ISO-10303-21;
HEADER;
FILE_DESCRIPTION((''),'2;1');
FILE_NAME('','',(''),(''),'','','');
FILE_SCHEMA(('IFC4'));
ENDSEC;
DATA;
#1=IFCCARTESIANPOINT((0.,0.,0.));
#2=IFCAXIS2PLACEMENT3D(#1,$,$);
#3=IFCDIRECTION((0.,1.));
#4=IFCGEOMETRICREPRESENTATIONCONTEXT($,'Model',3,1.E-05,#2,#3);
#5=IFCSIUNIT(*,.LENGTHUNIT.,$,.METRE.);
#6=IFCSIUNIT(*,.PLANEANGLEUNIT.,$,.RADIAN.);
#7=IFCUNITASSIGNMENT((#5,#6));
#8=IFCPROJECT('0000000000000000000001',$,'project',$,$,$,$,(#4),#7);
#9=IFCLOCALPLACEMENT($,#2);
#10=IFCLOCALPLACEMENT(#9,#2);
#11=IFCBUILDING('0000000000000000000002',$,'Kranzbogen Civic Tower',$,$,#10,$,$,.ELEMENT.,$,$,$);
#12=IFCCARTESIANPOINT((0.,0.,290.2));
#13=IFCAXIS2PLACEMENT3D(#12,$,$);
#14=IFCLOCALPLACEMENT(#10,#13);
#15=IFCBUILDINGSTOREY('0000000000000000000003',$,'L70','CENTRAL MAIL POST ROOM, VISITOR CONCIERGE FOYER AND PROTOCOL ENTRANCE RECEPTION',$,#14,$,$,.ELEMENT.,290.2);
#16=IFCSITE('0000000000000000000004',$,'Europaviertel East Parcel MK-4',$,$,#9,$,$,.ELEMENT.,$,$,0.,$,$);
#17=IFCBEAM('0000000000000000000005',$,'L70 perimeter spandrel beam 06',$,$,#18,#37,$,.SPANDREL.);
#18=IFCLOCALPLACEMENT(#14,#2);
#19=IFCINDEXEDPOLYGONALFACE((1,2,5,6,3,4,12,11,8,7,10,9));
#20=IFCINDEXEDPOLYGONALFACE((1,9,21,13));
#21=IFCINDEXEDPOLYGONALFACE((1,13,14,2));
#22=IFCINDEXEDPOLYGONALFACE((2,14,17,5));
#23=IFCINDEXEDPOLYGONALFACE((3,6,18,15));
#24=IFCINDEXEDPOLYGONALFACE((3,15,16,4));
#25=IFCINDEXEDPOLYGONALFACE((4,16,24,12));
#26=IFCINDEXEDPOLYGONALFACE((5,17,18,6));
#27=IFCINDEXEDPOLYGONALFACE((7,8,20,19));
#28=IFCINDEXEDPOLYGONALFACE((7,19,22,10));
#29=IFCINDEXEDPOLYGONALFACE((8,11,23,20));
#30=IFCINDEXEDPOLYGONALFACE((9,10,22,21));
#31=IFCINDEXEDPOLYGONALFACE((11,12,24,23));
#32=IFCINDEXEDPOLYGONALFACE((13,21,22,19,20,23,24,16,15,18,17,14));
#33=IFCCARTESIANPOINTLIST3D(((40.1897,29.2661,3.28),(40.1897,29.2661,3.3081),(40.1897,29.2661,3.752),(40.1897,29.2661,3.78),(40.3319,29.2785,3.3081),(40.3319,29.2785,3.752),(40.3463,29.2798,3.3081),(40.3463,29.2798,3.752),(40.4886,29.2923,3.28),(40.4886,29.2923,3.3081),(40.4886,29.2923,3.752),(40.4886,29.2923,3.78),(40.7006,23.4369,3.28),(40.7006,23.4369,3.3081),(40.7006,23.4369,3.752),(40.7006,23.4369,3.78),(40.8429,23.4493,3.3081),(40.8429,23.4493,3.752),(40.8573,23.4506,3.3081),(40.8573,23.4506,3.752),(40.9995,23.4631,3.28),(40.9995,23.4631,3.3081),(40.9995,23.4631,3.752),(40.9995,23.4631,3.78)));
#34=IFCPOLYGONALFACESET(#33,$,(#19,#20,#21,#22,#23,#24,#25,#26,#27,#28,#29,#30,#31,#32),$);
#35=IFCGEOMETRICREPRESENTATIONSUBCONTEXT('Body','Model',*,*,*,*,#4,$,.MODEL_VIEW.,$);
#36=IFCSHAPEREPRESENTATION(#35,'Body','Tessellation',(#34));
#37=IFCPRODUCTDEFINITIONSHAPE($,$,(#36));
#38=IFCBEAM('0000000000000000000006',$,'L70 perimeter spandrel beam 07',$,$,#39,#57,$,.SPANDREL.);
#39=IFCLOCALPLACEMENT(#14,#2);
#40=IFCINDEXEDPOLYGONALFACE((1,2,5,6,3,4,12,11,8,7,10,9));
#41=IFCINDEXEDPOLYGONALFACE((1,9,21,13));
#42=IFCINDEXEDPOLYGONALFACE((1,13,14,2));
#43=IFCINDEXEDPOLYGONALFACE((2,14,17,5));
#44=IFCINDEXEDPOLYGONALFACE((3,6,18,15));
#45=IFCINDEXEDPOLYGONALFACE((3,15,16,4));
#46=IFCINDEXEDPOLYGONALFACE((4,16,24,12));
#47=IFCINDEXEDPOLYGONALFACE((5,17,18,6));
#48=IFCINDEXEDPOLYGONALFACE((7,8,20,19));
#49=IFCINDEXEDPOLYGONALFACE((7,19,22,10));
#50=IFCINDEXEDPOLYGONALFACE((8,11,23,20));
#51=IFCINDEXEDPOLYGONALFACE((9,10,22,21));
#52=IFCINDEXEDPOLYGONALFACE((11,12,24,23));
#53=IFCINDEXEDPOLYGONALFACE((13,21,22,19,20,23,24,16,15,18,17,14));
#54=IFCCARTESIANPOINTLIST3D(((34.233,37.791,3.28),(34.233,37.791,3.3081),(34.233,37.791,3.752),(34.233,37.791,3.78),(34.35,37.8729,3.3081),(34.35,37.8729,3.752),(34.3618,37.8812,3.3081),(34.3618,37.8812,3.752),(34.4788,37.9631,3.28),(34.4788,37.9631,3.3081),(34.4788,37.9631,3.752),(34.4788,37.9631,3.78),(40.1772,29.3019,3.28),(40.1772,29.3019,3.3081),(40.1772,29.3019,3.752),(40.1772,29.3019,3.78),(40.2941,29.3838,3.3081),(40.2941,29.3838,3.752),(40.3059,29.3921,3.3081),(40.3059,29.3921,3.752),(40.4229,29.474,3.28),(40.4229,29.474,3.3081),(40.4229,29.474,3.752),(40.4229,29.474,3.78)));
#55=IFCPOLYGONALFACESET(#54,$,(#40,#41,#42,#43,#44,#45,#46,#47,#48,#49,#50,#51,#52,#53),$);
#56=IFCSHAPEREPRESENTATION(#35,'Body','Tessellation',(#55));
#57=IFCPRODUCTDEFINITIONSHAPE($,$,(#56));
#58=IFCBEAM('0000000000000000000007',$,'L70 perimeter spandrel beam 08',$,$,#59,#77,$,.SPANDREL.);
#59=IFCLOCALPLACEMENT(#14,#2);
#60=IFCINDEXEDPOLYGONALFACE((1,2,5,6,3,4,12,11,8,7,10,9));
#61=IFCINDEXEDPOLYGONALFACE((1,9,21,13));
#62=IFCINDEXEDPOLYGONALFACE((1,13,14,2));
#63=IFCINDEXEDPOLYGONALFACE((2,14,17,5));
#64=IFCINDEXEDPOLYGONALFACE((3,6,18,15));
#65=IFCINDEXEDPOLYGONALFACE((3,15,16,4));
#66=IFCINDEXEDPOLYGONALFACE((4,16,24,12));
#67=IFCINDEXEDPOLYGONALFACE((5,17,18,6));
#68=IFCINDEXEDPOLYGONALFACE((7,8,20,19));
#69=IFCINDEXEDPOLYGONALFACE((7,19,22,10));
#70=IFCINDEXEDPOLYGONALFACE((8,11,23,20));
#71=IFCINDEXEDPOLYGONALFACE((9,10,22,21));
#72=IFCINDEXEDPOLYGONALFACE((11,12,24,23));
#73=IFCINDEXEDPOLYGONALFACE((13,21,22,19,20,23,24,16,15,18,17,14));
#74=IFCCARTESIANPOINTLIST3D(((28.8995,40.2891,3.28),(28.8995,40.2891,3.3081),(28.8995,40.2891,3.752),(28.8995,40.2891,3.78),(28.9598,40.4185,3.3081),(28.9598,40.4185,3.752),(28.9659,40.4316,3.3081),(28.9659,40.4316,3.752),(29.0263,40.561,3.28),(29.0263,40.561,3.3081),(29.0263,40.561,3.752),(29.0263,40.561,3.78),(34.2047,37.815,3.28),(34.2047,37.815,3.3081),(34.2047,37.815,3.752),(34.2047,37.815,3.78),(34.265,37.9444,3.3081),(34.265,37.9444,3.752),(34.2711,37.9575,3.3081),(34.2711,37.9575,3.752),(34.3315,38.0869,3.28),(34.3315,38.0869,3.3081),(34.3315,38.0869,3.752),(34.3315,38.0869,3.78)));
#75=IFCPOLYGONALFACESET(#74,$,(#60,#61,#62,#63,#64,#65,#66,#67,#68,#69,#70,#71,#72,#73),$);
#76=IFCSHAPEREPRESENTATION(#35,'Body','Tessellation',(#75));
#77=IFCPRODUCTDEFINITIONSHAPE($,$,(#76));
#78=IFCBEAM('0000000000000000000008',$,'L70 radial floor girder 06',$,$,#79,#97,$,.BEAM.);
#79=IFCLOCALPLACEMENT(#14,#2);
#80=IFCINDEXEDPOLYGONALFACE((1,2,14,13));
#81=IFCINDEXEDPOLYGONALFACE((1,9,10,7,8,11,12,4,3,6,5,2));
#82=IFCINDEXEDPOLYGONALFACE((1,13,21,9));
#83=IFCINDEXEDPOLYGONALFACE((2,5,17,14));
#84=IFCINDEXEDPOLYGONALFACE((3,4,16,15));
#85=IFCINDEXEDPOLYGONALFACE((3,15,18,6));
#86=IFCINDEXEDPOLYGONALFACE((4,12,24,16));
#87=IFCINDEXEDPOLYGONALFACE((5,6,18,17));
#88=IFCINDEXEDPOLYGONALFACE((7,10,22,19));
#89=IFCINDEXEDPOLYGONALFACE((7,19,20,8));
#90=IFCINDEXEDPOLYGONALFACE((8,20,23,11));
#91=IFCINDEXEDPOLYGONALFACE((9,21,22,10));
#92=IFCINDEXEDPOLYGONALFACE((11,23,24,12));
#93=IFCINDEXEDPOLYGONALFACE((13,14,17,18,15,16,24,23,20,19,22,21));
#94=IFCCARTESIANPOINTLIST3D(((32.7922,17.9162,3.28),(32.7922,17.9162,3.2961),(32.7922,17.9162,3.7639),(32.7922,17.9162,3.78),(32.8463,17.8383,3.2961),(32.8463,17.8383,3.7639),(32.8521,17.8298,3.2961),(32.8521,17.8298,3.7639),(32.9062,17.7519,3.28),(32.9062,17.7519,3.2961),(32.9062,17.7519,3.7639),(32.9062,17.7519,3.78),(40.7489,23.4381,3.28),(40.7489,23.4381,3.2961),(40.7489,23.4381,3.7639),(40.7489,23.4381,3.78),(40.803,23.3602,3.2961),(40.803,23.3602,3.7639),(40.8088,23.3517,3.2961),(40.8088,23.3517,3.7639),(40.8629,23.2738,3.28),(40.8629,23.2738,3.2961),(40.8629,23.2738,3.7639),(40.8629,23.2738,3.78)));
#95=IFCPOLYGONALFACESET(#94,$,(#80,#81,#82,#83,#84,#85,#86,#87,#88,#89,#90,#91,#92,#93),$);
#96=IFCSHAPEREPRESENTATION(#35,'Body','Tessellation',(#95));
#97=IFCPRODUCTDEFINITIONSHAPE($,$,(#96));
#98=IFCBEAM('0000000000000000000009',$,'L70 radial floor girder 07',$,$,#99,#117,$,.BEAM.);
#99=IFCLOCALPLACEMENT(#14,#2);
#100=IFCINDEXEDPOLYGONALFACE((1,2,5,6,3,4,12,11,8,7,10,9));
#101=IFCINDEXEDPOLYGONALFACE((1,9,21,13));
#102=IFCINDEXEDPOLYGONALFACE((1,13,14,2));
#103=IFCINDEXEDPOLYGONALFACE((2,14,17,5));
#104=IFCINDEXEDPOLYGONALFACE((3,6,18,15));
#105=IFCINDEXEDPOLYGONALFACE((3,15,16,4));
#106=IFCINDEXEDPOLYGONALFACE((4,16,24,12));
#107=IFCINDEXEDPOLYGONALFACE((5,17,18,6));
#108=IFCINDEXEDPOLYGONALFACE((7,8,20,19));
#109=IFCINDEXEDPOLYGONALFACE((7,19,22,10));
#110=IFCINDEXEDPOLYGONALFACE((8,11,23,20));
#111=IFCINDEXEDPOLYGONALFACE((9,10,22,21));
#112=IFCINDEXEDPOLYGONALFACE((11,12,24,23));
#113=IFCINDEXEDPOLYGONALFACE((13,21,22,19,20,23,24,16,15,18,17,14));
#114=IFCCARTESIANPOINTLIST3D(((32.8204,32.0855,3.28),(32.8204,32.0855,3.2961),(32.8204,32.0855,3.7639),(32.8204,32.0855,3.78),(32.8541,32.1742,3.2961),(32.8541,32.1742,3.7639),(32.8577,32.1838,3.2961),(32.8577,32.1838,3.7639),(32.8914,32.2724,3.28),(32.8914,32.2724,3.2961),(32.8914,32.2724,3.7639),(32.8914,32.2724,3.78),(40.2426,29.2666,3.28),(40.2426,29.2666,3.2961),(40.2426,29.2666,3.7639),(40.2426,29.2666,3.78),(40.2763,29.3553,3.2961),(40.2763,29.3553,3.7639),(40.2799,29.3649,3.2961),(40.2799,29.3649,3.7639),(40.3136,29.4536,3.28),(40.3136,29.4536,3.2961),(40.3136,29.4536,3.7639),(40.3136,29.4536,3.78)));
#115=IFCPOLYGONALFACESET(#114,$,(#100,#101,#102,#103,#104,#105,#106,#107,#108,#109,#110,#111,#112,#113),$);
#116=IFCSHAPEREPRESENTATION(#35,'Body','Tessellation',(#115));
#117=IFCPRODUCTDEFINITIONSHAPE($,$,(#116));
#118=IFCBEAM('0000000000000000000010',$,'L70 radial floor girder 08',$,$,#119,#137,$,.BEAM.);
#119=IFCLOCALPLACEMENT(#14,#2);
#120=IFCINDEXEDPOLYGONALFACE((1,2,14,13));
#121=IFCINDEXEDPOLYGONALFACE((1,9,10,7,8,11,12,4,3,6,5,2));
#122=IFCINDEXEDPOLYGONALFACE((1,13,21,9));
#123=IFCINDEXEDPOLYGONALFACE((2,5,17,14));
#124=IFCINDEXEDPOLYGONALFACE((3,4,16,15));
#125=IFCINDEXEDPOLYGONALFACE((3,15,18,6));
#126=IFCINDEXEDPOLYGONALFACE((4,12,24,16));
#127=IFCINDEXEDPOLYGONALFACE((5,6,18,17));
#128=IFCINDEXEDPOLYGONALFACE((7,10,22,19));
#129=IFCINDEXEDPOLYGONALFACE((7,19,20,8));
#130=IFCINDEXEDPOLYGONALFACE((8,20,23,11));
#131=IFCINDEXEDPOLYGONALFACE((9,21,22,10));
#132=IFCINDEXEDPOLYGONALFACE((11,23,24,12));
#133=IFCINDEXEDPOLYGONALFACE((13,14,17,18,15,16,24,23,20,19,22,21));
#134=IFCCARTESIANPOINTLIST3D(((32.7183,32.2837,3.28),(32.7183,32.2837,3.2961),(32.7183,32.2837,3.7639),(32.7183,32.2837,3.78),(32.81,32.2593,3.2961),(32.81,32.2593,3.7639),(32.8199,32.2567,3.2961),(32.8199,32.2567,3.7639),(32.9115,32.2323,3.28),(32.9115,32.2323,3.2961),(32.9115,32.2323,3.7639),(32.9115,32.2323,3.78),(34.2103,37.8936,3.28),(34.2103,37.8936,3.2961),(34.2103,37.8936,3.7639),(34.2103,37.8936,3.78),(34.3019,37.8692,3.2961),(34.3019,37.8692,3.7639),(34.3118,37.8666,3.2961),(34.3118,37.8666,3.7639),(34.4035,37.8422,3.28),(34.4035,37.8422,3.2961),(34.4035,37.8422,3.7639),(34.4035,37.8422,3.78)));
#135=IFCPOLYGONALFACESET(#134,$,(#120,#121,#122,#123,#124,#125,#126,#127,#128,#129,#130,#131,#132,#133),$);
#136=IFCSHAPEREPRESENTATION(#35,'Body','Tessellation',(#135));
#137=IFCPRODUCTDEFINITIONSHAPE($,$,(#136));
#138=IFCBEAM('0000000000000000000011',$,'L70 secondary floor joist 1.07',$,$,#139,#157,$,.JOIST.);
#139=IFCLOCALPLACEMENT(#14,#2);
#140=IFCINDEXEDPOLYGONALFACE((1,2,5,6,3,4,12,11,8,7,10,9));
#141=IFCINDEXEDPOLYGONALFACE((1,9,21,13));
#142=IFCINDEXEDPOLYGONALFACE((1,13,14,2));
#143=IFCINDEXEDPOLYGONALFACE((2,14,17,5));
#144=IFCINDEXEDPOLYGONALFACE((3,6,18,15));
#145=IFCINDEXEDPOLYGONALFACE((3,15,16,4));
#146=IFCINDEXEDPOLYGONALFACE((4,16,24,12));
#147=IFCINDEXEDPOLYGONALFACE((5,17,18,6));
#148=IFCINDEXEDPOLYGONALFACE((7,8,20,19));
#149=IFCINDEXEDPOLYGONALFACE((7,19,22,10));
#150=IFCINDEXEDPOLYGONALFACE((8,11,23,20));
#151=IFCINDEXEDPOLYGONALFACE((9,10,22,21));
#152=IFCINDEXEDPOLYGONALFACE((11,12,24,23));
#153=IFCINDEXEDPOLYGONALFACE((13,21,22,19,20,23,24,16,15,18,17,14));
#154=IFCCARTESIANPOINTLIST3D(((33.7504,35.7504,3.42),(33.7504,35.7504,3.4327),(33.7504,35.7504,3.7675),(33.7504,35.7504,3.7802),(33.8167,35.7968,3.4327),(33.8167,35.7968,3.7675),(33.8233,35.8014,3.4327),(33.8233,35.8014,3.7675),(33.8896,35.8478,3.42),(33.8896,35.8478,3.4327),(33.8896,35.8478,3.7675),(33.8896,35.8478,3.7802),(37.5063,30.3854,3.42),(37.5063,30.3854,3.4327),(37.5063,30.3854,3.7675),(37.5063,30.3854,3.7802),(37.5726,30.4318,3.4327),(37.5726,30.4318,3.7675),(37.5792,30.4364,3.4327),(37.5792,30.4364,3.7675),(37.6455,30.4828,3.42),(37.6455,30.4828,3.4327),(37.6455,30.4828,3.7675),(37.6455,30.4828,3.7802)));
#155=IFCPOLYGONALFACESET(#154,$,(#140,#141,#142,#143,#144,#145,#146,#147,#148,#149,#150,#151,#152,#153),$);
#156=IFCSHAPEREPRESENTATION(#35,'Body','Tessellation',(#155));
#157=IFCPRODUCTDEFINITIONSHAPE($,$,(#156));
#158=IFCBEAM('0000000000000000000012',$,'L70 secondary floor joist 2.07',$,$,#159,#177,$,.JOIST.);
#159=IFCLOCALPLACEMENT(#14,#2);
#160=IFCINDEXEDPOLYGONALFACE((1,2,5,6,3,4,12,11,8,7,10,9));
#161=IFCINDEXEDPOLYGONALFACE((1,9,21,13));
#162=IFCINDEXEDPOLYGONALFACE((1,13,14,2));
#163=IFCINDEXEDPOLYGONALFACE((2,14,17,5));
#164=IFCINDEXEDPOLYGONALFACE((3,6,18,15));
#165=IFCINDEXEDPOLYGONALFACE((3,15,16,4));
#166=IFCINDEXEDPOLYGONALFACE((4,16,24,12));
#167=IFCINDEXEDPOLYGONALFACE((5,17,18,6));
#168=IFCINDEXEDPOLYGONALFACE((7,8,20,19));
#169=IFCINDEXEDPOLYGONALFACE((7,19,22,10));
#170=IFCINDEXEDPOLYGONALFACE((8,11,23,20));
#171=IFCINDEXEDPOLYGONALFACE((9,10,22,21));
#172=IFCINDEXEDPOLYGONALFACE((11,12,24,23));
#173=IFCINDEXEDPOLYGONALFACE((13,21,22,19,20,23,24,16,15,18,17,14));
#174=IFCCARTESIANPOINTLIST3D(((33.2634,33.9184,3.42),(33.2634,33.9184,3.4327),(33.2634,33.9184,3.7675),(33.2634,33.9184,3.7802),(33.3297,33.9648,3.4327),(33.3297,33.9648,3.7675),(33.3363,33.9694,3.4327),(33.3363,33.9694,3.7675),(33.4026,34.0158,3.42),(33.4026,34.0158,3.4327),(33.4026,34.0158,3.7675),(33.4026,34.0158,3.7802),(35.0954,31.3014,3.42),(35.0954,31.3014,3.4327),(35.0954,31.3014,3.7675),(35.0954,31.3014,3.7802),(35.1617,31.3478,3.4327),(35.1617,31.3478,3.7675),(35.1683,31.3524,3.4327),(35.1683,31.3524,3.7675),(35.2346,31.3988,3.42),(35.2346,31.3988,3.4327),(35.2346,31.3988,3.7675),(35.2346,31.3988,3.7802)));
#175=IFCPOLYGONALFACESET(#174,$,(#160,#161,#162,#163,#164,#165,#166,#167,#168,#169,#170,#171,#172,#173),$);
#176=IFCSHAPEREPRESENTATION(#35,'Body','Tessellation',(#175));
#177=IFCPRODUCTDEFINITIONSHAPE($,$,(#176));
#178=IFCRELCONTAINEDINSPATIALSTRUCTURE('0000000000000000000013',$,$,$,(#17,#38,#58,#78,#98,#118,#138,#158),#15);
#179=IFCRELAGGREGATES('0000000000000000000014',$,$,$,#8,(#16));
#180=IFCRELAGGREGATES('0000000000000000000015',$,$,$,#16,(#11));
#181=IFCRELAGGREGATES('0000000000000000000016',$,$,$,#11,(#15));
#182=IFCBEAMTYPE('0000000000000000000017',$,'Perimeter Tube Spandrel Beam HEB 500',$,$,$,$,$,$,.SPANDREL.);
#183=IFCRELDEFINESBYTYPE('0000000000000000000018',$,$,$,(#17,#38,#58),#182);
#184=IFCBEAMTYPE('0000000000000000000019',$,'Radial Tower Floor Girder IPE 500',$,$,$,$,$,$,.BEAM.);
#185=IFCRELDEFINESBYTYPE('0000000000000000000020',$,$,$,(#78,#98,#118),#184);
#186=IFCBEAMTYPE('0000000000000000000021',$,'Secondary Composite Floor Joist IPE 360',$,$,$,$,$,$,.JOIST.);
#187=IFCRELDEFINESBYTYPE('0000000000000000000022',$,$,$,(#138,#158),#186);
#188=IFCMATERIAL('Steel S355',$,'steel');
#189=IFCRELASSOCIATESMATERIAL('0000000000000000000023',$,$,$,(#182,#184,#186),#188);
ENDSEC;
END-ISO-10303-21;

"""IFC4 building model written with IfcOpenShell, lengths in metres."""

from ifc_helpers import new_model, si_unit, direction, frame, origin, origin_2d, place, context, subcontext, project, spatial, i_section, extrude, material, material_profile, profile_set, type_object, element, save


model = new_model("IFC4")

# Units and contexts
model_context = context("Model", 3, precision=1e-05, world=origin(), true_north=direction((0.0, 1.0)))
body_context = subcontext(model_context, "Body", "Model", "MODEL_VIEW")
ifc_project = project(units=[si_unit("LENGTHUNIT", "METRE"), si_unit("PLANEANGLEUNIT", "RADIAN")], contexts=[model_context])

# Site, building, storey
site_placement = place(None, origin())
site = spatial("IfcSite", under=ifc_project, at=site_placement, Name="Europaviertel East Parcel MK-4", CompositionType="ELEMENT", RefElevation=0.0)
building_placement = place(site_placement, origin())
building = spatial("IfcBuilding", under=site, at=building_placement, Name="Kranzbogen Civic Tower", CompositionType="ELEMENT")
storey_placement = place(building_placement, frame((0.0, 0.0, 290.2)))
storey = spatial("IfcBuildingStorey", under=building, at=storey_placement, Name="L70", Description="CENTRAL MAIL POST ROOM, VISITOR CONCIERGE FOYER AND PROTOCOL ENTRANCE RECEPTION", CompositionType="ELEMENT", Elevation=290.2)

# Shared definitions
ifc_material_1 = material(Name="Steel S355", Category="steel")

# Beams
ifc_material_profile_1 = material_profile(ifc_material_1, i_section(OverallWidth=0.3, OverallDepth=0.5, WebThickness=0.0144, FlangeThickness=0.0281, at=origin_2d()), Name="HEB 500")
ifc_profile_set_1 = profile_set([ifc_material_profile_1], Name="Steel S355")
beam_type_1 = type_object("IfcBeamType", Name="Perimeter Tube Spandrel Beam HEB 500", PredefinedType="SPANDREL", material=ifc_profile_set_1)
beam_1_placement = place(storey_placement, frame((40.8501, 23.45, 3.53), z_axis=(-0.087326, 0.99618, 0.0), x_axis=(-0.99618, -0.087326, 0.0)))
element("IfcBeam", 1, at=beam_1_placement, inside=storey, type_object=beam_type_1, Name="L70 perimeter spandrel beam 06", PredefinedType="SPANDREL", context=body_context, shape_type="SweptSolid", body=[
    extrude(i_section(OverallWidth=0.3, OverallDepth=0.5, WebThickness=0.0144, FlangeThickness=0.0281, at=origin_2d()), origin(), (0.0, 0.0, 1.0), 5.8516),
])
beam_2_placement = place(storey_placement, frame((40.3, 29.3879, 3.53), z_axis=(-0.573578, 0.819151, 0.0), x_axis=(-0.819151, -0.573578, 0.0)))
element("IfcBeam", 2, at=beam_2_placement, inside=storey, type_object=beam_type_1, Name="L70 perimeter spandrel beam 07", PredefinedType="SPANDREL", context=body_context, shape_type="SweptSolid", body=[
    extrude(i_section(OverallWidth=0.3, OverallDepth=0.5, WebThickness=0.0144, FlangeThickness=0.0281, at=origin_2d()), origin(), (0.0, 0.0, 1.0), 10.3633),
])
beam_3_placement = place(storey_placement, frame((34.2681, 37.9509, 3.53), z_axis=(-0.90629, 0.422657, 0.0), x_axis=(-0.422657, -0.90629, 0.0)))
element("IfcBeam", 3, at=beam_3_placement, inside=storey, type_object=beam_type_1, Name="L70 perimeter spandrel beam 08", PredefinedType="SPANDREL", context=body_context, shape_type="SweptSolid", body=[
    extrude(i_section(OverallWidth=0.3, OverallDepth=0.5, WebThickness=0.0144, FlangeThickness=0.0281, at=origin_2d()), origin(), (0.0, 0.0, 1.0), 5.8538),
])
ifc_material_profile_2 = material_profile(ifc_material_1, i_section(OverallWidth=0.2, OverallDepth=0.5, WebThickness=0.0103, FlangeThickness=0.0161, at=origin_2d()), Name="IPE 500")
ifc_profile_set_2 = profile_set([ifc_material_profile_2], Name="Steel S355")
beam_type_2 = type_object("IfcBeamType", Name="Radial Tower Floor Girder IPE 500", PredefinedType="BEAM", material=ifc_profile_set_2)
beam_4_placement = place(storey_placement, frame((40.8059, 23.356, 3.53), z_axis=(-0.821543, -0.570147, 0.0), x_axis=(0.570147, -0.821543, 0.0)))
element("IfcBeam", 4, at=beam_4_placement, inside=storey, type_object=beam_type_2, Name="L70 radial floor girder 06", PredefinedType="BEAM", context=body_context, shape_type="SweptSolid", body=[
    extrude(i_section(OverallWidth=0.2, OverallDepth=0.5, WebThickness=0.0103, FlangeThickness=0.0161, at=origin_2d()), origin(), (0.0, 0.0, 1.0), 9.6851),
])
beam_5_placement = place(storey_placement, frame((40.2781, 29.3601, 3.53), z_axis=(-0.934849, 0.355046, 0.0), x_axis=(-0.355046, -0.934849, 0.0)))
element("IfcBeam", 5, at=beam_5_placement, inside=storey, type_object=beam_type_2, Name="L70 radial floor girder 07", PredefinedType="BEAM", context=body_context, shape_type="SweptSolid", body=[
    extrude(i_section(OverallWidth=0.2, OverallDepth=0.5, WebThickness=0.0103, FlangeThickness=0.0161, at=origin_2d()), origin(), (0.0, 0.0, 1.0), 7.9395),
])
beam_6_placement = place(storey_placement, frame((34.3069, 37.8679, 3.53), z_axis=(-0.257016, -0.966407, 0.0), x_axis=(0.966407, -0.257016, 0.0)))
element("IfcBeam", 6, at=beam_6_placement, inside=storey, type_object=beam_type_2, Name="L70 radial floor girder 08", PredefinedType="BEAM", context=body_context, shape_type="SweptSolid", body=[
    extrude(i_section(OverallWidth=0.2, OverallDepth=0.5, WebThickness=0.0103, FlangeThickness=0.0161, at=origin_2d()), origin(), (0.0, 0.0, 1.0), 5.8049),
])
ifc_material_profile_3 = material_profile(ifc_material_1, i_section(OverallWidth=0.1699, OverallDepth=0.3601, WebThickness=0.0081, FlangeThickness=0.0127, at=origin_2d()), Name="IPE 360")
ifc_profile_set_3 = profile_set([ifc_material_profile_3], Name="Steel S355")
beam_type_3 = type_object("IfcBeamType", Name="Secondary Composite Floor Joist IPE 360", PredefinedType="JOIST", material=ifc_profile_set_3)
beam_7_placement = place(storey_placement, frame((37.5759, 30.4341, 3.6001), z_axis=(-0.5735, 0.819206, 0.0), x_axis=(-0.819206, -0.5735, 0.0)))
element("IfcBeam", 7, at=beam_7_placement, inside=storey, type_object=beam_type_3, Name="L70 secondary floor joist 1.07", PredefinedType="JOIST", context=body_context, shape_type="SweptSolid", body=[
    extrude(i_section(OverallWidth=0.1699, OverallDepth=0.3601, WebThickness=0.0081, FlangeThickness=0.0127, at=origin_2d()), origin(), (0.0, 0.0, 1.0), 6.5491),
])
beam_8_placement = place(storey_placement, frame((35.165, 31.3501, 3.6001), z_axis=(-0.573498, 0.819207, 0.0), x_axis=(-0.819207, -0.573498, 0.0)))
element("IfcBeam", 8, at=beam_8_placement, inside=storey, type_object=beam_type_3, Name="L70 secondary floor joist 2.07", PredefinedType="JOIST", context=body_context, shape_type="SweptSolid", body=[
    extrude(i_section(OverallWidth=0.1699, OverallDepth=0.3601, WebThickness=0.0081, FlangeThickness=0.0127, at=origin_2d()), origin(), (0.0, 0.0, 1.0), 3.1946),
])

save(model, "model.ifc")
